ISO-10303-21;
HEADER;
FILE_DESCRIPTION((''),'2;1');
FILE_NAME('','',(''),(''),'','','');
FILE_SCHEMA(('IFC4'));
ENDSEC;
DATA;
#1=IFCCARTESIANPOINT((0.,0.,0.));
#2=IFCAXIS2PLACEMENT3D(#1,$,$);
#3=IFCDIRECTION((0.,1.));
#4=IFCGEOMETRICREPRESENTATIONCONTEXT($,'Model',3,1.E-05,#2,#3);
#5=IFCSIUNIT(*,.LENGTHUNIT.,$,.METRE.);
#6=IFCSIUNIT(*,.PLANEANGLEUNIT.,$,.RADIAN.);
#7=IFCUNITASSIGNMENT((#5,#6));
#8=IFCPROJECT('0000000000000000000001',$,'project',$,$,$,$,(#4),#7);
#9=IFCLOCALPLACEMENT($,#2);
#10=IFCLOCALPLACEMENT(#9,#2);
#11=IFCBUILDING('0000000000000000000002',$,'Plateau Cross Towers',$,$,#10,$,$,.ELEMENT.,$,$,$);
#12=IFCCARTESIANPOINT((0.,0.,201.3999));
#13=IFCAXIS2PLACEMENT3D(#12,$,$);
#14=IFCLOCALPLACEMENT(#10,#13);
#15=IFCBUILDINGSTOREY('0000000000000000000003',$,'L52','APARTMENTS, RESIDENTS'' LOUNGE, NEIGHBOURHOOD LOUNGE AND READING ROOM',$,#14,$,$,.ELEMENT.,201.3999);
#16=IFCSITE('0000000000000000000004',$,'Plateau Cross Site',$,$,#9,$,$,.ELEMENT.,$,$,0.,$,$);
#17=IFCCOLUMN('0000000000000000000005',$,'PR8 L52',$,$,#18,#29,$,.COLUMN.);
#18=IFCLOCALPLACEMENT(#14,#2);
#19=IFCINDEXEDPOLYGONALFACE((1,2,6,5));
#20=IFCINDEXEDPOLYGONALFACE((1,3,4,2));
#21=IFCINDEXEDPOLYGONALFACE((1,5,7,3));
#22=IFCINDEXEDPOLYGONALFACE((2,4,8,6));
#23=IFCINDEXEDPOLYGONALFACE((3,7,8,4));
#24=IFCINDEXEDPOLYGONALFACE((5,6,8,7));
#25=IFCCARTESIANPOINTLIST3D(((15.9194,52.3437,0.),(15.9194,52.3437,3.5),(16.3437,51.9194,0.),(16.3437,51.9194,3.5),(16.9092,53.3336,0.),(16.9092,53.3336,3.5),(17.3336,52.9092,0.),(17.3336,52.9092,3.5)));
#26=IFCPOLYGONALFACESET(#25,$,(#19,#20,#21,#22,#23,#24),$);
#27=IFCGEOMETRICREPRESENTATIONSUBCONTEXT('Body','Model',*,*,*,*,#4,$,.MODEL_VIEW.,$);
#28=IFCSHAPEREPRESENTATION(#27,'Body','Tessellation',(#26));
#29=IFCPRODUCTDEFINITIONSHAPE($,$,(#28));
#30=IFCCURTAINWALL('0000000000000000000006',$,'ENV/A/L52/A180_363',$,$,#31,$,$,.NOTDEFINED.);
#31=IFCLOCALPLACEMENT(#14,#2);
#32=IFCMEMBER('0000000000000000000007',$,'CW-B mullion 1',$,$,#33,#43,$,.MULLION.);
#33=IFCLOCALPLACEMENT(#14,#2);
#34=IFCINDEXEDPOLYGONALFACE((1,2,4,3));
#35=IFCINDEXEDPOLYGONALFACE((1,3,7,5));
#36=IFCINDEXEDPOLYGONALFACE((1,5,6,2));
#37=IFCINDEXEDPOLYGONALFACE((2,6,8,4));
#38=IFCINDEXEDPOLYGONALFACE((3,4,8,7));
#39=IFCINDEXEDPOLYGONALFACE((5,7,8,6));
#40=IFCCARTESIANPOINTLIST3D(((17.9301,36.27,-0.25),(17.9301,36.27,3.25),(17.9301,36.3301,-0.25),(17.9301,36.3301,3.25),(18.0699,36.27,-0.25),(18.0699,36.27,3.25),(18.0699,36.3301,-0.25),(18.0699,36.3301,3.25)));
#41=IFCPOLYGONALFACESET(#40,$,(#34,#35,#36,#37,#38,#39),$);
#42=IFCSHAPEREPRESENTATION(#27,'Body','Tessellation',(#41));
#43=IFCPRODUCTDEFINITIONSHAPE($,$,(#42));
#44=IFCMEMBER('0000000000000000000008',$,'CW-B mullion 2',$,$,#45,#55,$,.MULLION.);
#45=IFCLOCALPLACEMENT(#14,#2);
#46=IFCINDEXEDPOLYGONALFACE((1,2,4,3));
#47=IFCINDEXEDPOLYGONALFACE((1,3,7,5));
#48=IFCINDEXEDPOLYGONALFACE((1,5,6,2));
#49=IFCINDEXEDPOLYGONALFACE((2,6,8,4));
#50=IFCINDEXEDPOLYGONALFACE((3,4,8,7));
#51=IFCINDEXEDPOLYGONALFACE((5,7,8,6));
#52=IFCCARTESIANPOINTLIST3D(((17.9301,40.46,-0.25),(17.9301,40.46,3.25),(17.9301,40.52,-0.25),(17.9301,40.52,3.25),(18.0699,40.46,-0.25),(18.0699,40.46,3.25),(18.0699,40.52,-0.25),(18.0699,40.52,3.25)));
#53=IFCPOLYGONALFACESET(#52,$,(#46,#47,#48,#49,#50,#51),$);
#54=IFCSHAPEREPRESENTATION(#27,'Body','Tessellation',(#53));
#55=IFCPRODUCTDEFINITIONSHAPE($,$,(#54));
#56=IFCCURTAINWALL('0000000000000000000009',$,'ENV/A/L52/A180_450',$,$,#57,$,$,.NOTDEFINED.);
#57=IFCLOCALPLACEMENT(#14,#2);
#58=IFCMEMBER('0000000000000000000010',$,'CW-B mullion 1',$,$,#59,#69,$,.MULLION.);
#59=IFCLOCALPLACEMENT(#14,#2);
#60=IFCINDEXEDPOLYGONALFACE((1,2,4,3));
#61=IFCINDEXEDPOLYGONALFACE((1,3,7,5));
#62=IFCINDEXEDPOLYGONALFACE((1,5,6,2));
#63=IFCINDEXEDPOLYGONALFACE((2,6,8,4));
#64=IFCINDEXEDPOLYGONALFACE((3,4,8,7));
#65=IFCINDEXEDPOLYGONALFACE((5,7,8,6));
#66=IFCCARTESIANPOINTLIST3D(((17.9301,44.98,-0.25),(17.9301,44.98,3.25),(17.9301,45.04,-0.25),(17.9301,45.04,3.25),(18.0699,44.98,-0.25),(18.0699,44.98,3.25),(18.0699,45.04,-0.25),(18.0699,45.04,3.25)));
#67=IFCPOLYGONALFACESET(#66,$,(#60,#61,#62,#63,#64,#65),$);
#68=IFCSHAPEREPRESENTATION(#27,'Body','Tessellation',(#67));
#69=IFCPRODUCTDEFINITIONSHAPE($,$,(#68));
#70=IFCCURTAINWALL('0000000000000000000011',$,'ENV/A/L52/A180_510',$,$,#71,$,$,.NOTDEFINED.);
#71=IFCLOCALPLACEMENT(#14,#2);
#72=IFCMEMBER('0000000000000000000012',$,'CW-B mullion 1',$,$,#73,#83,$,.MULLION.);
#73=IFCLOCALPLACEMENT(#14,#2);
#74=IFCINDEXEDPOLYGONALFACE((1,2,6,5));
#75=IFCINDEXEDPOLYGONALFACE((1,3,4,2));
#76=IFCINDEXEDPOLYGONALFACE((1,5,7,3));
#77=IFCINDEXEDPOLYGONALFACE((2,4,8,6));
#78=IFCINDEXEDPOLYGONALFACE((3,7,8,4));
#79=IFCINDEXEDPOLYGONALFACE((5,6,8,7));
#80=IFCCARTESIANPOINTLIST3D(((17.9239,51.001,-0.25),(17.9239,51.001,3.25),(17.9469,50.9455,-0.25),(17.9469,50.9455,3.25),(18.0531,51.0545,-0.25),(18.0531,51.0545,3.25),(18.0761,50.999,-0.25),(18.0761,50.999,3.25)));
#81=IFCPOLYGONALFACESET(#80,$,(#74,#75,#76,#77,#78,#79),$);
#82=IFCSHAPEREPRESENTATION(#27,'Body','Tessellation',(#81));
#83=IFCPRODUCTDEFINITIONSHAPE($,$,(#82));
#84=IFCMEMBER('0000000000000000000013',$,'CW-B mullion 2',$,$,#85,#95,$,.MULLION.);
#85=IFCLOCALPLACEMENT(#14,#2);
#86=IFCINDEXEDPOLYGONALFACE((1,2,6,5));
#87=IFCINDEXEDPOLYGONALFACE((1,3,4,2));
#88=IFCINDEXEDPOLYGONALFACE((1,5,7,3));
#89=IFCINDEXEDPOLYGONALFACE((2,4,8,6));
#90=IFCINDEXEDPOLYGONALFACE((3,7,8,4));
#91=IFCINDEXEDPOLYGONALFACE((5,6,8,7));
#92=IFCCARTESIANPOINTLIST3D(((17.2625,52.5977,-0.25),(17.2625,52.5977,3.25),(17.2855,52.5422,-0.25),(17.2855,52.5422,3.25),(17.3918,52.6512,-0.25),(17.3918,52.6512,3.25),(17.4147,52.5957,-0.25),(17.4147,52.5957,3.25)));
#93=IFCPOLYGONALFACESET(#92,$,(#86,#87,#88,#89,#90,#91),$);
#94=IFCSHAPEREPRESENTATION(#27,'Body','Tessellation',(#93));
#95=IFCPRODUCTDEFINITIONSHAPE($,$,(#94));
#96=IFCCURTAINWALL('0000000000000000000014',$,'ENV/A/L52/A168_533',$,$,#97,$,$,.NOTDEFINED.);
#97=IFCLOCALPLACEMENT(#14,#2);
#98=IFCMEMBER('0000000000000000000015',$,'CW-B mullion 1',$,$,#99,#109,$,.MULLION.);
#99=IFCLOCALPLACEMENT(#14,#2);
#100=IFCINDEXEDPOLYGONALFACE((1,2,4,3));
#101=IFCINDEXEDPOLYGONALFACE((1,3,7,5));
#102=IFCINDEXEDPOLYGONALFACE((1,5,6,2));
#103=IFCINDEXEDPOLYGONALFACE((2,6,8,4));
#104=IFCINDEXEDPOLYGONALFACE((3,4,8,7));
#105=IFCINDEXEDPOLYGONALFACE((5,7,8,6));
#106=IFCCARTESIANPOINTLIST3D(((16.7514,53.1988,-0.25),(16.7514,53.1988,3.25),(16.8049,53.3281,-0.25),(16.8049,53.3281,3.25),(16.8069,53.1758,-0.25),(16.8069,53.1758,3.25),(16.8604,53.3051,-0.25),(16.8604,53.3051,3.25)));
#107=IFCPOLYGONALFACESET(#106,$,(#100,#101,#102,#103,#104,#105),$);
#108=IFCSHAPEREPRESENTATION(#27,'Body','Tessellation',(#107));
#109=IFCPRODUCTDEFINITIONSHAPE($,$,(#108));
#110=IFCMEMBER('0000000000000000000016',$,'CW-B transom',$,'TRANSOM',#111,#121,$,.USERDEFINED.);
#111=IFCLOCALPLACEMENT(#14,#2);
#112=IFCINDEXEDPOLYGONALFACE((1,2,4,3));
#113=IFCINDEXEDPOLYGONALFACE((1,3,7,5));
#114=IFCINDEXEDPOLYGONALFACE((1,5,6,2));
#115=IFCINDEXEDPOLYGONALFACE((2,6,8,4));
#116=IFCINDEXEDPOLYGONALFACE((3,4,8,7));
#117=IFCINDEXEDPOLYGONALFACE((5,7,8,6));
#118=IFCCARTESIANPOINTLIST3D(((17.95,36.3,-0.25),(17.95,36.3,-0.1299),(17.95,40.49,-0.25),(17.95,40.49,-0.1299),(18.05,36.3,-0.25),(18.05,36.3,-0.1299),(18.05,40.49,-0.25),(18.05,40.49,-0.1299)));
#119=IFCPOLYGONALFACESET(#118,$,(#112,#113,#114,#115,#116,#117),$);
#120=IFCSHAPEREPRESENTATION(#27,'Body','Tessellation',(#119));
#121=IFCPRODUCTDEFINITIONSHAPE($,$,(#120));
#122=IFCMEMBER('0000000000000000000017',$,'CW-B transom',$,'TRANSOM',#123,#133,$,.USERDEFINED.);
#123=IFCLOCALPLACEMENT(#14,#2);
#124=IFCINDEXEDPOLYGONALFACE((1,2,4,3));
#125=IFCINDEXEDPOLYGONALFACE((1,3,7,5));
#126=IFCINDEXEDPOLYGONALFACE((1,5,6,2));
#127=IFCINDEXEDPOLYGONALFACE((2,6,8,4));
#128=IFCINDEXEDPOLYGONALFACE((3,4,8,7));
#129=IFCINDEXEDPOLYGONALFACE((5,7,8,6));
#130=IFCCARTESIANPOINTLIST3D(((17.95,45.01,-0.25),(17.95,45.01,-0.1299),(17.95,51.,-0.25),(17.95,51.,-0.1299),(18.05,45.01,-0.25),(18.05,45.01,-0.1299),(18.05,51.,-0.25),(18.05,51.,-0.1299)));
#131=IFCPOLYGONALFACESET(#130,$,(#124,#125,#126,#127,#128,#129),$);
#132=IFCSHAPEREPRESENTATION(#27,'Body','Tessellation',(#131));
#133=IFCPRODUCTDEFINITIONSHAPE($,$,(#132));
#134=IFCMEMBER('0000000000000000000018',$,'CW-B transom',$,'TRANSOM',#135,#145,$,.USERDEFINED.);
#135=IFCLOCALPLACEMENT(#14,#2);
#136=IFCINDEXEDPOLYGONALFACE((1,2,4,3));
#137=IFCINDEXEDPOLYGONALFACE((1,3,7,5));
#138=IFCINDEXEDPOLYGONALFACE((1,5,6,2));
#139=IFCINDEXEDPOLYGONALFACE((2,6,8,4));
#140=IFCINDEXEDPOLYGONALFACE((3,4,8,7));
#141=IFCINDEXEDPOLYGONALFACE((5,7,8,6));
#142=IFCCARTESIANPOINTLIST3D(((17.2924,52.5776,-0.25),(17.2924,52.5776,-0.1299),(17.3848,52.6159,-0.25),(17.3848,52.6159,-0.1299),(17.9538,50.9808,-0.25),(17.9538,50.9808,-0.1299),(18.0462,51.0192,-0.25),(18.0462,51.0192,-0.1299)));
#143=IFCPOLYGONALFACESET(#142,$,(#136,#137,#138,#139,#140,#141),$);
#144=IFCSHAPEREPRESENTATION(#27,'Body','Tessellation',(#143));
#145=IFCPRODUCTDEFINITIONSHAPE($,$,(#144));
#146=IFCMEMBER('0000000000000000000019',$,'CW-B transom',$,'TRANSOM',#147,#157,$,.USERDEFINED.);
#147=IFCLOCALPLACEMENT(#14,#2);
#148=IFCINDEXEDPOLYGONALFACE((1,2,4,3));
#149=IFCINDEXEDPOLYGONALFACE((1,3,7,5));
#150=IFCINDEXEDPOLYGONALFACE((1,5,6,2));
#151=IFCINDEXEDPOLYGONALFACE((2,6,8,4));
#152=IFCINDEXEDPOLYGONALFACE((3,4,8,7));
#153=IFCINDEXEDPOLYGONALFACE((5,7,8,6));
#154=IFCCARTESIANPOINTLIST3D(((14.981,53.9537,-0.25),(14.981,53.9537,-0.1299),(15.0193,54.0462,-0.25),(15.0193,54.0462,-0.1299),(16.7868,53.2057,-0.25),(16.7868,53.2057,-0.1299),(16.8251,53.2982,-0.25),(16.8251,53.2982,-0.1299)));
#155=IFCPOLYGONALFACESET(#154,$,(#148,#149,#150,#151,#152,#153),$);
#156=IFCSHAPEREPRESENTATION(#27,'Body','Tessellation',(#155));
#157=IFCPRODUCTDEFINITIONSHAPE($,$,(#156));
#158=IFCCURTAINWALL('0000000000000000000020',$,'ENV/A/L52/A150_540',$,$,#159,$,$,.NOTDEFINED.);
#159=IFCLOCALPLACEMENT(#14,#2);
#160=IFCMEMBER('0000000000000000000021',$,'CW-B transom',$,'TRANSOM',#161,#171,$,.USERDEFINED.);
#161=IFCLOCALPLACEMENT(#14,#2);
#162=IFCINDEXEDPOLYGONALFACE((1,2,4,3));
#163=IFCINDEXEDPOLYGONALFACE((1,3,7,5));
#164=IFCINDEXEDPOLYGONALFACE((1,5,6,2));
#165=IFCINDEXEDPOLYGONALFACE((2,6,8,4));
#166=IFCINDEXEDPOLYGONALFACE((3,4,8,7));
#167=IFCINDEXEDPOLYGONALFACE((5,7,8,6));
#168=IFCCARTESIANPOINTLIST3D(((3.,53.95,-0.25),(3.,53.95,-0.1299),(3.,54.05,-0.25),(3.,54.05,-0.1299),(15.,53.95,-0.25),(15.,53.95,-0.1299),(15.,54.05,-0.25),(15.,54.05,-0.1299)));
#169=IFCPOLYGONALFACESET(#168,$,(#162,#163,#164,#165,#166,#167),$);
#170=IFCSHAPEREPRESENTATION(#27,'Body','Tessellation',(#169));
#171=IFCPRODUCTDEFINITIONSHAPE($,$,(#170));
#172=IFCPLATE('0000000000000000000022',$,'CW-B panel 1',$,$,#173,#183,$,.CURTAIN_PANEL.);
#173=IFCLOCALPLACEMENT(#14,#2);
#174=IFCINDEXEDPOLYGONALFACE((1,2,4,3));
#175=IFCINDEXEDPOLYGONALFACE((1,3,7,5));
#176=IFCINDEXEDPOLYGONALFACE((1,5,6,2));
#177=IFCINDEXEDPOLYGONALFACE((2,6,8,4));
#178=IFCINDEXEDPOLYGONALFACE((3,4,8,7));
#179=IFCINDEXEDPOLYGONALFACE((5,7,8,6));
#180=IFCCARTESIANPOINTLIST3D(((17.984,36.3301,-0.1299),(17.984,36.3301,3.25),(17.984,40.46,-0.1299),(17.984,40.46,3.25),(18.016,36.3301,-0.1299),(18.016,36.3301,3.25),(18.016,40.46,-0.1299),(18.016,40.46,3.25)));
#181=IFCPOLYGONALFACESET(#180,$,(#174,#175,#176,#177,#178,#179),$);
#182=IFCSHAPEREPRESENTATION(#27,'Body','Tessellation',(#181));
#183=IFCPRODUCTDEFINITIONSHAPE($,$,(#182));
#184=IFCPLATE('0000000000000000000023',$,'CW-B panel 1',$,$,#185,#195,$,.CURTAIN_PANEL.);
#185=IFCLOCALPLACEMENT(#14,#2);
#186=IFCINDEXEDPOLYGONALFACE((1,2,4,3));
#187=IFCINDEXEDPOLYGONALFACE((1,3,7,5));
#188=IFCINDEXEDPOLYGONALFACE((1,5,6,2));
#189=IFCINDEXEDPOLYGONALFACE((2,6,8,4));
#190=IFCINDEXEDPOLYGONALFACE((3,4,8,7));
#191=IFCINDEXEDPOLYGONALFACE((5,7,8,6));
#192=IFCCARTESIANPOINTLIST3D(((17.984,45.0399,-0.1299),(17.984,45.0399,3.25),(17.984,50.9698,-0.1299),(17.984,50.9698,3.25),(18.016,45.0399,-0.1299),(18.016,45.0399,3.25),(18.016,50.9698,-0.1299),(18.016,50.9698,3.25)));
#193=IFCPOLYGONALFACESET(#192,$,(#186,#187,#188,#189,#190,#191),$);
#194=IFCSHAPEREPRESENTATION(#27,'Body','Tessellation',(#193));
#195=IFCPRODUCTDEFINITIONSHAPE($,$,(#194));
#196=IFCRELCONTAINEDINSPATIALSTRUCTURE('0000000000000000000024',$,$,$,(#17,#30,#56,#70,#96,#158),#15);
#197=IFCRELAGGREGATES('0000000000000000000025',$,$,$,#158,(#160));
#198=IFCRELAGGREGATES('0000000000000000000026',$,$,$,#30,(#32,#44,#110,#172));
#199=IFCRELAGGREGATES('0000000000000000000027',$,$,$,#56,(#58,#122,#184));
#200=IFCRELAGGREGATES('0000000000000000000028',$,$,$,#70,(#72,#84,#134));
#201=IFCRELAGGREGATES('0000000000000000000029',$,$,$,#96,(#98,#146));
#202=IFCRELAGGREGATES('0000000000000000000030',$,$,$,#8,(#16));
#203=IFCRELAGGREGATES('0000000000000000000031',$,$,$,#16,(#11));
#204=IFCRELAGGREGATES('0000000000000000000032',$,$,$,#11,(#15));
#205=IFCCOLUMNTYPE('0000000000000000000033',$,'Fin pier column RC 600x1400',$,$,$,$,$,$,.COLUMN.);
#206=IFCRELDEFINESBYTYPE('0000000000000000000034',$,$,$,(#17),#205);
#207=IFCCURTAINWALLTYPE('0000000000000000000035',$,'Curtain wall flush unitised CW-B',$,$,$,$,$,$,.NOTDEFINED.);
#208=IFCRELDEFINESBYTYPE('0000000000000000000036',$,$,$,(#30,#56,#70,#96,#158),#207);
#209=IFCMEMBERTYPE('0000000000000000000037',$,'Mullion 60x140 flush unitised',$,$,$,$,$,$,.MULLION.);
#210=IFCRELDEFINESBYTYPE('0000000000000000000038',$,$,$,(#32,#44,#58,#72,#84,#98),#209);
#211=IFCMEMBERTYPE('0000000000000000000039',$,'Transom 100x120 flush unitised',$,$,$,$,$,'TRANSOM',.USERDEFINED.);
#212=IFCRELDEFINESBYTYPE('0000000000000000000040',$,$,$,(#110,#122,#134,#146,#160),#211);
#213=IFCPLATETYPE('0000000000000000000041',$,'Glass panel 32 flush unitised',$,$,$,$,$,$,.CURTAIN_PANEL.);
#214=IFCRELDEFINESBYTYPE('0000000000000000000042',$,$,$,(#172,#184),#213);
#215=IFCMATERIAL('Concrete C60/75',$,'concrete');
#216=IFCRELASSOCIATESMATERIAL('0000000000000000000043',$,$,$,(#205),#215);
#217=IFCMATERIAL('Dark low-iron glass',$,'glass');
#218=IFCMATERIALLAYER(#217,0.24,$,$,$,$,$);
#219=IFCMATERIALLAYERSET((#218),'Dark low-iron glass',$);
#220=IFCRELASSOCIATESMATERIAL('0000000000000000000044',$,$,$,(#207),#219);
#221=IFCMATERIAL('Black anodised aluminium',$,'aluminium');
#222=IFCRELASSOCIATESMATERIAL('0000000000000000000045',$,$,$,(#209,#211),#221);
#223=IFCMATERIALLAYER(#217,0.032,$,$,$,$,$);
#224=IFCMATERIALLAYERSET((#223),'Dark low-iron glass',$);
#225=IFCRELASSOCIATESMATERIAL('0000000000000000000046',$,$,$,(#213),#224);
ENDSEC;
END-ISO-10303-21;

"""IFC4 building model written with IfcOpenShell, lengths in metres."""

from ifc_helpers import new_model, si_unit, direction, frame, origin, origin_2d, place, context, subcontext, project, spatial, rectangle, extrude, material, layer, layer_set, material_profile, profile_set, type_object, element, aggregate, save


model = new_model("IFC4")

# Units and contexts
model_context = context("Model", 3, precision=1e-05, world=origin(), true_north=direction((0.0, 1.0)))
body_context = subcontext(model_context, "Body", "Model", "MODEL_VIEW")
ifc_project = project(units=[si_unit("LENGTHUNIT", "METRE"), si_unit("PLANEANGLEUNIT", "RADIAN")], contexts=[model_context])

# Site, building, storey
site_placement = place(None, origin())
site = spatial("IfcSite", under=ifc_project, at=site_placement, Name="Plateau Cross Site", CompositionType="ELEMENT", RefElevation=0.0)
building_placement = place(site_placement, origin())
building = spatial("IfcBuilding", under=site, at=building_placement, Name="Plateau Cross Towers", CompositionType="ELEMENT")
storey_placement = place(building_placement, frame((0.0, 0.0, 201.3999)))
storey = spatial("IfcBuildingStorey", under=building, at=storey_placement, Name="L52", Description="APARTMENTS, RESIDENTS' LOUNGE, NEIGHBOURHOOD LOUNGE AND READING ROOM", CompositionType="ELEMENT", Elevation=201.3999)

# Column
ifc_material_1 = material(Name="Concrete C60/75", Category="concrete")
ifc_material_profile_1 = material_profile(ifc_material_1, rectangle(XDim=0.6001, YDim=1.3999, at=origin_2d()), Name="RC 600x1400")
ifc_profile_set_1 = profile_set([ifc_material_profile_1], Name="Concrete C60/75")
column_type = type_object("IfcColumnType", Name="Fin pier column RC 600x1400", PredefinedType="COLUMN", material=ifc_profile_set_1)
column_placement = place(storey_placement, frame((16.6265, 52.6265, 0.0), z_axis=(0.0, 0.0, 1.0), x_axis=(-0.707107, 0.707107, 0.0)))
element("IfcColumn", 1, at=column_placement, inside=storey, type_object=column_type, Name="PR8 L52", PredefinedType="COLUMN", context=body_context, shape_type="SweptSolid", body=[
    extrude(rectangle(XDim=0.6001, YDim=1.3999, at=origin_2d()), origin(), (0.0, 0.0, 1.0), 3.5),
])

# Curtain wall, members
ifc_material_2 = material(Name="Dark low-iron glass", Category="glass")
ifc_layer_1 = layer(ifc_material_2, 0.24)
ifc_layer_set_1 = layer_set([ifc_layer_1], Name="Dark low-iron glass")
curtain_wall_type = type_object("IfcCurtainWallType", Name="Curtain wall flush unitised CW-B", PredefinedType="NOTDEFINED", material=ifc_layer_set_1)
curtain_wall_1_placement = place(storey_placement, origin())
curtain_wall_1 = element("IfcCurtainWall", 2, at=curtain_wall_1_placement, inside=storey, type_object=curtain_wall_type, Name="ENV/A/L52/A180_363", PredefinedType="NOTDEFINED")
ifc_material_3 = material(Name="Black anodised aluminium", Category="aluminium")
ifc_material_profile_2 = material_profile(ifc_material_3, rectangle(XDim=0.0601, YDim=0.1399, at=origin_2d()), Name="MULLION 60x140")
ifc_profile_set_2 = profile_set([ifc_material_profile_2], Name="Black anodised aluminium")
member_type_1 = type_object("IfcMemberType", Name="Mullion 60x140 flush unitised", PredefinedType="MULLION", material=ifc_profile_set_2)
member_1_placement = place(storey_placement, frame((18.0, 36.3, -0.25), z_axis=(0.0, 0.0, 1.0), x_axis=(0.0, 1.0, 0.0)))
member_1 = element("IfcMember", 3, at=member_1_placement, type_object=member_type_1, Name="CW-B mullion 1", PredefinedType="MULLION", context=body_context, shape_type="SweptSolid", body=[
    extrude(rectangle(XDim=0.0601, YDim=0.1399, at=origin_2d()), origin(), (0.0, 0.0, 1.0), 3.5),
])
member_2_placement = place(storey_placement, frame((18.0, 40.49, -0.25), z_axis=(0.0, 0.0, 1.0), x_axis=(0.0, 1.0, 0.0)))
member_2 = element("IfcMember", 4, at=member_2_placement, type_object=member_type_1, Name="CW-B mullion 2", PredefinedType="MULLION", context=body_context, shape_type="SweptSolid", body=[
    extrude(rectangle(XDim=0.0601, YDim=0.1399, at=origin_2d()), origin(), (0.0, 0.0, 1.0), 3.5),
])

# Curtain wall, member
curtain_wall_2_placement = place(storey_placement, origin())
curtain_wall_2 = element("IfcCurtainWall", 5, at=curtain_wall_2_placement, inside=storey, type_object=curtain_wall_type, Name="ENV/A/L52/A180_450", PredefinedType="NOTDEFINED")
member_3_placement = place(storey_placement, frame((18.0, 45.01, -0.25), z_axis=(0.0, 0.0, 1.0), x_axis=(0.0, 1.0, 0.0)))
member_3 = element("IfcMember", 6, at=member_3_placement, type_object=member_type_1, Name="CW-B mullion 1", PredefinedType="MULLION", context=body_context, shape_type="SweptSolid", body=[
    extrude(rectangle(XDim=0.0601, YDim=0.1399, at=origin_2d()), origin(), (0.0, 0.0, 1.0), 3.5),
])

# Curtain wall, members
curtain_wall_3_placement = place(storey_placement, origin())
curtain_wall_3 = element("IfcCurtainWall", 7, at=curtain_wall_3_placement, inside=storey, type_object=curtain_wall_type, Name="ENV/A/L52/A180_510", PredefinedType="NOTDEFINED")
member_4_placement = place(storey_placement, frame((18.0, 51.0, -0.25), z_axis=(0.0, 0.0, 1.0), x_axis=(-0.382684, 0.923879, 0.0)))
member_4 = element("IfcMember", 8, at=member_4_placement, type_object=member_type_1, Name="CW-B mullion 1", PredefinedType="MULLION", context=body_context, shape_type="SweptSolid", body=[
    extrude(rectangle(XDim=0.0601, YDim=0.1399, at=origin_2d()), origin(), (0.0, 0.0, 1.0), 3.5),
])
member_5_placement = place(storey_placement, frame((17.3386, 52.5967, -0.25), z_axis=(0.0, 0.0, 1.0), x_axis=(-0.382684, 0.923879, 0.0)))
member_5 = element("IfcMember", 9, at=member_5_placement, type_object=member_type_1, Name="CW-B mullion 2", PredefinedType="MULLION", context=body_context, shape_type="SweptSolid", body=[
    extrude(rectangle(XDim=0.0601, YDim=0.1399, at=origin_2d()), origin(), (0.0, 0.0, 1.0), 3.5),
])

# Curtain wall, member
curtain_wall_4_placement = place(storey_placement, origin())
curtain_wall_4 = element("IfcCurtainWall", 10, at=curtain_wall_4_placement, inside=storey, type_object=curtain_wall_type, Name="ENV/A/L52/A168_533", PredefinedType="NOTDEFINED")
member_6_placement = place(storey_placement, frame((16.8059, 53.252, -0.25), z_axis=(0.0, 0.0, 1.0), x_axis=(-0.923879, 0.382684, 0.0)))
member_6 = element("IfcMember", 11, at=member_6_placement, type_object=member_type_1, Name="CW-B mullion 1", PredefinedType="MULLION", context=body_context, shape_type="SweptSolid", body=[
    extrude(rectangle(XDim=0.0601, YDim=0.1399, at=origin_2d()), origin(), (0.0, 0.0, 1.0), 3.5),
])

# Members
ifc_material_profile_3 = material_profile(ifc_material_3, rectangle(XDim=0.1001, YDim=0.1201, at=origin_2d()), Name="TRANSOM 100x120")
ifc_profile_set_3 = profile_set([ifc_material_profile_3], Name="Black anodised aluminium")
member_type_2 = type_object("IfcMemberType", Name="Transom 100x120 flush unitised", ElementType="TRANSOM", PredefinedType="USERDEFINED", material=ifc_profile_set_3)
member_7_placement = place(storey_placement, frame((18.0, 36.3, -0.1899), z_axis=(0.0, 1.0, 0.0), x_axis=(-1.0, 0.0, 0.0)))
member_7 = element("IfcMember", 12, at=member_7_placement, type_object=member_type_2, Name="CW-B transom", ObjectType="TRANSOM", PredefinedType="USERDEFINED", context=body_context, shape_type="SweptSolid", body=[
    extrude(rectangle(XDim=0.1001, YDim=0.1201, at=origin_2d()), origin(), (0.0, 0.0, 1.0), 4.1899),
])
member_8_placement = place(storey_placement, frame((18.0, 45.01, -0.1899), z_axis=(0.0, 1.0, 0.0), x_axis=(-1.0, 0.0, 0.0)))
member_8 = element("IfcMember", 13, at=member_8_placement, type_object=member_type_2, Name="CW-B transom", ObjectType="TRANSOM", PredefinedType="USERDEFINED", context=body_context, shape_type="SweptSolid", body=[
    extrude(rectangle(XDim=0.1001, YDim=0.1201, at=origin_2d()), origin(), (0.0, 0.0, 1.0), 5.99),
])
member_9_placement = place(storey_placement, frame((18.0, 51.0, -0.1899), z_axis=(-0.382689, 0.923877, 0.0), x_axis=(-0.923877, -0.382689, 0.0)))
member_9 = element("IfcMember", 14, at=member_9_placement, type_object=member_type_2, Name="CW-B transom", ObjectType="TRANSOM", PredefinedType="USERDEFINED", context=body_context, shape_type="SweptSolid", body=[
    extrude(rectangle(XDim=0.1001, YDim=0.1201, at=origin_2d()), origin(), (0.0, 0.0, 1.0), 1.7283),
])
member_10_placement = place(storey_placement, frame((16.8059, 53.252, -0.1899), z_axis=(-0.923877, 0.38269, 0.0), x_axis=(-0.38269, -0.923877, 0.0)))
member_10 = element("IfcMember", 15, at=member_10_placement, type_object=member_type_2, Name="CW-B transom", ObjectType="TRANSOM", PredefinedType="USERDEFINED", context=body_context, shape_type="SweptSolid", body=[
    extrude(rectangle(XDim=0.1001, YDim=0.1201, at=origin_2d()), origin(), (0.0, 0.0, 1.0), 1.9546),
])

# Curtain wall, member
curtain_wall_5_placement = place(storey_placement, origin())
curtain_wall_5 = element("IfcCurtainWall", 16, at=curtain_wall_5_placement, inside=storey, type_object=curtain_wall_type, Name="ENV/A/L52/A150_540", PredefinedType="NOTDEFINED")
member_11_placement = place(storey_placement, frame((15.0, 54.0, -0.1899), z_axis=(-1.0, 0.0, 0.0), x_axis=(0.0, -1.0, 0.0)))
member_11 = element("IfcMember", 17, at=member_11_placement, type_object=member_type_2, Name="CW-B transom", ObjectType="TRANSOM", PredefinedType="USERDEFINED", context=body_context, shape_type="SweptSolid", body=[
    extrude(rectangle(XDim=0.1001, YDim=0.1201, at=origin_2d()), origin(), (0.0, 0.0, 1.0), 12.0),
])
aggregate(curtain_wall_5, [member_11])

# Plates
ifc_layer_2 = layer(ifc_material_2, 0.032)
ifc_layer_set_2 = layer_set([ifc_layer_2], Name="Dark low-iron glass")
plate_type = type_object("IfcPlateType", Name="Glass panel 32 flush unitised", PredefinedType="CURTAIN_PANEL", material=ifc_layer_set_2)
plate_1_placement = place(storey_placement, frame((18.0, 38.395, -0.1299), z_axis=(0.0, 0.0, 1.0), x_axis=(0.0, 1.0, 0.0)))
plate_1 = element("IfcPlate", 18, at=plate_1_placement, type_object=plate_type, Name="CW-B panel 1", PredefinedType="CURTAIN_PANEL", context=body_context, shape_type="SweptSolid", body=[
    extrude(rectangle(XDim=4.1299, YDim=0.032, at=origin_2d()), origin(), (0.0, 0.0, 1.0), 3.3799),
])
aggregate(curtain_wall_1, [member_1, member_2, member_7, plate_1])
plate_2_placement = place(storey_placement, frame((18.0, 48.0049, -0.1299), z_axis=(0.0, 0.0, 1.0), x_axis=(0.0, 1.0, 0.0)))
plate_2 = element("IfcPlate", 19, at=plate_2_placement, type_object=plate_type, Name="CW-B panel 1", PredefinedType="CURTAIN_PANEL", context=body_context, shape_type="SweptSolid", body=[
    extrude(rectangle(XDim=5.9299, YDim=0.032, at=origin_2d()), origin(), (0.0, 0.0, 1.0), 3.3799),
])
aggregate(curtain_wall_2, [member_3, member_8, plate_2])
aggregate(curtain_wall_3, [member_4, member_5, member_9])
aggregate(curtain_wall_4, [member_6, member_10])

save(model, "model.ifc")
